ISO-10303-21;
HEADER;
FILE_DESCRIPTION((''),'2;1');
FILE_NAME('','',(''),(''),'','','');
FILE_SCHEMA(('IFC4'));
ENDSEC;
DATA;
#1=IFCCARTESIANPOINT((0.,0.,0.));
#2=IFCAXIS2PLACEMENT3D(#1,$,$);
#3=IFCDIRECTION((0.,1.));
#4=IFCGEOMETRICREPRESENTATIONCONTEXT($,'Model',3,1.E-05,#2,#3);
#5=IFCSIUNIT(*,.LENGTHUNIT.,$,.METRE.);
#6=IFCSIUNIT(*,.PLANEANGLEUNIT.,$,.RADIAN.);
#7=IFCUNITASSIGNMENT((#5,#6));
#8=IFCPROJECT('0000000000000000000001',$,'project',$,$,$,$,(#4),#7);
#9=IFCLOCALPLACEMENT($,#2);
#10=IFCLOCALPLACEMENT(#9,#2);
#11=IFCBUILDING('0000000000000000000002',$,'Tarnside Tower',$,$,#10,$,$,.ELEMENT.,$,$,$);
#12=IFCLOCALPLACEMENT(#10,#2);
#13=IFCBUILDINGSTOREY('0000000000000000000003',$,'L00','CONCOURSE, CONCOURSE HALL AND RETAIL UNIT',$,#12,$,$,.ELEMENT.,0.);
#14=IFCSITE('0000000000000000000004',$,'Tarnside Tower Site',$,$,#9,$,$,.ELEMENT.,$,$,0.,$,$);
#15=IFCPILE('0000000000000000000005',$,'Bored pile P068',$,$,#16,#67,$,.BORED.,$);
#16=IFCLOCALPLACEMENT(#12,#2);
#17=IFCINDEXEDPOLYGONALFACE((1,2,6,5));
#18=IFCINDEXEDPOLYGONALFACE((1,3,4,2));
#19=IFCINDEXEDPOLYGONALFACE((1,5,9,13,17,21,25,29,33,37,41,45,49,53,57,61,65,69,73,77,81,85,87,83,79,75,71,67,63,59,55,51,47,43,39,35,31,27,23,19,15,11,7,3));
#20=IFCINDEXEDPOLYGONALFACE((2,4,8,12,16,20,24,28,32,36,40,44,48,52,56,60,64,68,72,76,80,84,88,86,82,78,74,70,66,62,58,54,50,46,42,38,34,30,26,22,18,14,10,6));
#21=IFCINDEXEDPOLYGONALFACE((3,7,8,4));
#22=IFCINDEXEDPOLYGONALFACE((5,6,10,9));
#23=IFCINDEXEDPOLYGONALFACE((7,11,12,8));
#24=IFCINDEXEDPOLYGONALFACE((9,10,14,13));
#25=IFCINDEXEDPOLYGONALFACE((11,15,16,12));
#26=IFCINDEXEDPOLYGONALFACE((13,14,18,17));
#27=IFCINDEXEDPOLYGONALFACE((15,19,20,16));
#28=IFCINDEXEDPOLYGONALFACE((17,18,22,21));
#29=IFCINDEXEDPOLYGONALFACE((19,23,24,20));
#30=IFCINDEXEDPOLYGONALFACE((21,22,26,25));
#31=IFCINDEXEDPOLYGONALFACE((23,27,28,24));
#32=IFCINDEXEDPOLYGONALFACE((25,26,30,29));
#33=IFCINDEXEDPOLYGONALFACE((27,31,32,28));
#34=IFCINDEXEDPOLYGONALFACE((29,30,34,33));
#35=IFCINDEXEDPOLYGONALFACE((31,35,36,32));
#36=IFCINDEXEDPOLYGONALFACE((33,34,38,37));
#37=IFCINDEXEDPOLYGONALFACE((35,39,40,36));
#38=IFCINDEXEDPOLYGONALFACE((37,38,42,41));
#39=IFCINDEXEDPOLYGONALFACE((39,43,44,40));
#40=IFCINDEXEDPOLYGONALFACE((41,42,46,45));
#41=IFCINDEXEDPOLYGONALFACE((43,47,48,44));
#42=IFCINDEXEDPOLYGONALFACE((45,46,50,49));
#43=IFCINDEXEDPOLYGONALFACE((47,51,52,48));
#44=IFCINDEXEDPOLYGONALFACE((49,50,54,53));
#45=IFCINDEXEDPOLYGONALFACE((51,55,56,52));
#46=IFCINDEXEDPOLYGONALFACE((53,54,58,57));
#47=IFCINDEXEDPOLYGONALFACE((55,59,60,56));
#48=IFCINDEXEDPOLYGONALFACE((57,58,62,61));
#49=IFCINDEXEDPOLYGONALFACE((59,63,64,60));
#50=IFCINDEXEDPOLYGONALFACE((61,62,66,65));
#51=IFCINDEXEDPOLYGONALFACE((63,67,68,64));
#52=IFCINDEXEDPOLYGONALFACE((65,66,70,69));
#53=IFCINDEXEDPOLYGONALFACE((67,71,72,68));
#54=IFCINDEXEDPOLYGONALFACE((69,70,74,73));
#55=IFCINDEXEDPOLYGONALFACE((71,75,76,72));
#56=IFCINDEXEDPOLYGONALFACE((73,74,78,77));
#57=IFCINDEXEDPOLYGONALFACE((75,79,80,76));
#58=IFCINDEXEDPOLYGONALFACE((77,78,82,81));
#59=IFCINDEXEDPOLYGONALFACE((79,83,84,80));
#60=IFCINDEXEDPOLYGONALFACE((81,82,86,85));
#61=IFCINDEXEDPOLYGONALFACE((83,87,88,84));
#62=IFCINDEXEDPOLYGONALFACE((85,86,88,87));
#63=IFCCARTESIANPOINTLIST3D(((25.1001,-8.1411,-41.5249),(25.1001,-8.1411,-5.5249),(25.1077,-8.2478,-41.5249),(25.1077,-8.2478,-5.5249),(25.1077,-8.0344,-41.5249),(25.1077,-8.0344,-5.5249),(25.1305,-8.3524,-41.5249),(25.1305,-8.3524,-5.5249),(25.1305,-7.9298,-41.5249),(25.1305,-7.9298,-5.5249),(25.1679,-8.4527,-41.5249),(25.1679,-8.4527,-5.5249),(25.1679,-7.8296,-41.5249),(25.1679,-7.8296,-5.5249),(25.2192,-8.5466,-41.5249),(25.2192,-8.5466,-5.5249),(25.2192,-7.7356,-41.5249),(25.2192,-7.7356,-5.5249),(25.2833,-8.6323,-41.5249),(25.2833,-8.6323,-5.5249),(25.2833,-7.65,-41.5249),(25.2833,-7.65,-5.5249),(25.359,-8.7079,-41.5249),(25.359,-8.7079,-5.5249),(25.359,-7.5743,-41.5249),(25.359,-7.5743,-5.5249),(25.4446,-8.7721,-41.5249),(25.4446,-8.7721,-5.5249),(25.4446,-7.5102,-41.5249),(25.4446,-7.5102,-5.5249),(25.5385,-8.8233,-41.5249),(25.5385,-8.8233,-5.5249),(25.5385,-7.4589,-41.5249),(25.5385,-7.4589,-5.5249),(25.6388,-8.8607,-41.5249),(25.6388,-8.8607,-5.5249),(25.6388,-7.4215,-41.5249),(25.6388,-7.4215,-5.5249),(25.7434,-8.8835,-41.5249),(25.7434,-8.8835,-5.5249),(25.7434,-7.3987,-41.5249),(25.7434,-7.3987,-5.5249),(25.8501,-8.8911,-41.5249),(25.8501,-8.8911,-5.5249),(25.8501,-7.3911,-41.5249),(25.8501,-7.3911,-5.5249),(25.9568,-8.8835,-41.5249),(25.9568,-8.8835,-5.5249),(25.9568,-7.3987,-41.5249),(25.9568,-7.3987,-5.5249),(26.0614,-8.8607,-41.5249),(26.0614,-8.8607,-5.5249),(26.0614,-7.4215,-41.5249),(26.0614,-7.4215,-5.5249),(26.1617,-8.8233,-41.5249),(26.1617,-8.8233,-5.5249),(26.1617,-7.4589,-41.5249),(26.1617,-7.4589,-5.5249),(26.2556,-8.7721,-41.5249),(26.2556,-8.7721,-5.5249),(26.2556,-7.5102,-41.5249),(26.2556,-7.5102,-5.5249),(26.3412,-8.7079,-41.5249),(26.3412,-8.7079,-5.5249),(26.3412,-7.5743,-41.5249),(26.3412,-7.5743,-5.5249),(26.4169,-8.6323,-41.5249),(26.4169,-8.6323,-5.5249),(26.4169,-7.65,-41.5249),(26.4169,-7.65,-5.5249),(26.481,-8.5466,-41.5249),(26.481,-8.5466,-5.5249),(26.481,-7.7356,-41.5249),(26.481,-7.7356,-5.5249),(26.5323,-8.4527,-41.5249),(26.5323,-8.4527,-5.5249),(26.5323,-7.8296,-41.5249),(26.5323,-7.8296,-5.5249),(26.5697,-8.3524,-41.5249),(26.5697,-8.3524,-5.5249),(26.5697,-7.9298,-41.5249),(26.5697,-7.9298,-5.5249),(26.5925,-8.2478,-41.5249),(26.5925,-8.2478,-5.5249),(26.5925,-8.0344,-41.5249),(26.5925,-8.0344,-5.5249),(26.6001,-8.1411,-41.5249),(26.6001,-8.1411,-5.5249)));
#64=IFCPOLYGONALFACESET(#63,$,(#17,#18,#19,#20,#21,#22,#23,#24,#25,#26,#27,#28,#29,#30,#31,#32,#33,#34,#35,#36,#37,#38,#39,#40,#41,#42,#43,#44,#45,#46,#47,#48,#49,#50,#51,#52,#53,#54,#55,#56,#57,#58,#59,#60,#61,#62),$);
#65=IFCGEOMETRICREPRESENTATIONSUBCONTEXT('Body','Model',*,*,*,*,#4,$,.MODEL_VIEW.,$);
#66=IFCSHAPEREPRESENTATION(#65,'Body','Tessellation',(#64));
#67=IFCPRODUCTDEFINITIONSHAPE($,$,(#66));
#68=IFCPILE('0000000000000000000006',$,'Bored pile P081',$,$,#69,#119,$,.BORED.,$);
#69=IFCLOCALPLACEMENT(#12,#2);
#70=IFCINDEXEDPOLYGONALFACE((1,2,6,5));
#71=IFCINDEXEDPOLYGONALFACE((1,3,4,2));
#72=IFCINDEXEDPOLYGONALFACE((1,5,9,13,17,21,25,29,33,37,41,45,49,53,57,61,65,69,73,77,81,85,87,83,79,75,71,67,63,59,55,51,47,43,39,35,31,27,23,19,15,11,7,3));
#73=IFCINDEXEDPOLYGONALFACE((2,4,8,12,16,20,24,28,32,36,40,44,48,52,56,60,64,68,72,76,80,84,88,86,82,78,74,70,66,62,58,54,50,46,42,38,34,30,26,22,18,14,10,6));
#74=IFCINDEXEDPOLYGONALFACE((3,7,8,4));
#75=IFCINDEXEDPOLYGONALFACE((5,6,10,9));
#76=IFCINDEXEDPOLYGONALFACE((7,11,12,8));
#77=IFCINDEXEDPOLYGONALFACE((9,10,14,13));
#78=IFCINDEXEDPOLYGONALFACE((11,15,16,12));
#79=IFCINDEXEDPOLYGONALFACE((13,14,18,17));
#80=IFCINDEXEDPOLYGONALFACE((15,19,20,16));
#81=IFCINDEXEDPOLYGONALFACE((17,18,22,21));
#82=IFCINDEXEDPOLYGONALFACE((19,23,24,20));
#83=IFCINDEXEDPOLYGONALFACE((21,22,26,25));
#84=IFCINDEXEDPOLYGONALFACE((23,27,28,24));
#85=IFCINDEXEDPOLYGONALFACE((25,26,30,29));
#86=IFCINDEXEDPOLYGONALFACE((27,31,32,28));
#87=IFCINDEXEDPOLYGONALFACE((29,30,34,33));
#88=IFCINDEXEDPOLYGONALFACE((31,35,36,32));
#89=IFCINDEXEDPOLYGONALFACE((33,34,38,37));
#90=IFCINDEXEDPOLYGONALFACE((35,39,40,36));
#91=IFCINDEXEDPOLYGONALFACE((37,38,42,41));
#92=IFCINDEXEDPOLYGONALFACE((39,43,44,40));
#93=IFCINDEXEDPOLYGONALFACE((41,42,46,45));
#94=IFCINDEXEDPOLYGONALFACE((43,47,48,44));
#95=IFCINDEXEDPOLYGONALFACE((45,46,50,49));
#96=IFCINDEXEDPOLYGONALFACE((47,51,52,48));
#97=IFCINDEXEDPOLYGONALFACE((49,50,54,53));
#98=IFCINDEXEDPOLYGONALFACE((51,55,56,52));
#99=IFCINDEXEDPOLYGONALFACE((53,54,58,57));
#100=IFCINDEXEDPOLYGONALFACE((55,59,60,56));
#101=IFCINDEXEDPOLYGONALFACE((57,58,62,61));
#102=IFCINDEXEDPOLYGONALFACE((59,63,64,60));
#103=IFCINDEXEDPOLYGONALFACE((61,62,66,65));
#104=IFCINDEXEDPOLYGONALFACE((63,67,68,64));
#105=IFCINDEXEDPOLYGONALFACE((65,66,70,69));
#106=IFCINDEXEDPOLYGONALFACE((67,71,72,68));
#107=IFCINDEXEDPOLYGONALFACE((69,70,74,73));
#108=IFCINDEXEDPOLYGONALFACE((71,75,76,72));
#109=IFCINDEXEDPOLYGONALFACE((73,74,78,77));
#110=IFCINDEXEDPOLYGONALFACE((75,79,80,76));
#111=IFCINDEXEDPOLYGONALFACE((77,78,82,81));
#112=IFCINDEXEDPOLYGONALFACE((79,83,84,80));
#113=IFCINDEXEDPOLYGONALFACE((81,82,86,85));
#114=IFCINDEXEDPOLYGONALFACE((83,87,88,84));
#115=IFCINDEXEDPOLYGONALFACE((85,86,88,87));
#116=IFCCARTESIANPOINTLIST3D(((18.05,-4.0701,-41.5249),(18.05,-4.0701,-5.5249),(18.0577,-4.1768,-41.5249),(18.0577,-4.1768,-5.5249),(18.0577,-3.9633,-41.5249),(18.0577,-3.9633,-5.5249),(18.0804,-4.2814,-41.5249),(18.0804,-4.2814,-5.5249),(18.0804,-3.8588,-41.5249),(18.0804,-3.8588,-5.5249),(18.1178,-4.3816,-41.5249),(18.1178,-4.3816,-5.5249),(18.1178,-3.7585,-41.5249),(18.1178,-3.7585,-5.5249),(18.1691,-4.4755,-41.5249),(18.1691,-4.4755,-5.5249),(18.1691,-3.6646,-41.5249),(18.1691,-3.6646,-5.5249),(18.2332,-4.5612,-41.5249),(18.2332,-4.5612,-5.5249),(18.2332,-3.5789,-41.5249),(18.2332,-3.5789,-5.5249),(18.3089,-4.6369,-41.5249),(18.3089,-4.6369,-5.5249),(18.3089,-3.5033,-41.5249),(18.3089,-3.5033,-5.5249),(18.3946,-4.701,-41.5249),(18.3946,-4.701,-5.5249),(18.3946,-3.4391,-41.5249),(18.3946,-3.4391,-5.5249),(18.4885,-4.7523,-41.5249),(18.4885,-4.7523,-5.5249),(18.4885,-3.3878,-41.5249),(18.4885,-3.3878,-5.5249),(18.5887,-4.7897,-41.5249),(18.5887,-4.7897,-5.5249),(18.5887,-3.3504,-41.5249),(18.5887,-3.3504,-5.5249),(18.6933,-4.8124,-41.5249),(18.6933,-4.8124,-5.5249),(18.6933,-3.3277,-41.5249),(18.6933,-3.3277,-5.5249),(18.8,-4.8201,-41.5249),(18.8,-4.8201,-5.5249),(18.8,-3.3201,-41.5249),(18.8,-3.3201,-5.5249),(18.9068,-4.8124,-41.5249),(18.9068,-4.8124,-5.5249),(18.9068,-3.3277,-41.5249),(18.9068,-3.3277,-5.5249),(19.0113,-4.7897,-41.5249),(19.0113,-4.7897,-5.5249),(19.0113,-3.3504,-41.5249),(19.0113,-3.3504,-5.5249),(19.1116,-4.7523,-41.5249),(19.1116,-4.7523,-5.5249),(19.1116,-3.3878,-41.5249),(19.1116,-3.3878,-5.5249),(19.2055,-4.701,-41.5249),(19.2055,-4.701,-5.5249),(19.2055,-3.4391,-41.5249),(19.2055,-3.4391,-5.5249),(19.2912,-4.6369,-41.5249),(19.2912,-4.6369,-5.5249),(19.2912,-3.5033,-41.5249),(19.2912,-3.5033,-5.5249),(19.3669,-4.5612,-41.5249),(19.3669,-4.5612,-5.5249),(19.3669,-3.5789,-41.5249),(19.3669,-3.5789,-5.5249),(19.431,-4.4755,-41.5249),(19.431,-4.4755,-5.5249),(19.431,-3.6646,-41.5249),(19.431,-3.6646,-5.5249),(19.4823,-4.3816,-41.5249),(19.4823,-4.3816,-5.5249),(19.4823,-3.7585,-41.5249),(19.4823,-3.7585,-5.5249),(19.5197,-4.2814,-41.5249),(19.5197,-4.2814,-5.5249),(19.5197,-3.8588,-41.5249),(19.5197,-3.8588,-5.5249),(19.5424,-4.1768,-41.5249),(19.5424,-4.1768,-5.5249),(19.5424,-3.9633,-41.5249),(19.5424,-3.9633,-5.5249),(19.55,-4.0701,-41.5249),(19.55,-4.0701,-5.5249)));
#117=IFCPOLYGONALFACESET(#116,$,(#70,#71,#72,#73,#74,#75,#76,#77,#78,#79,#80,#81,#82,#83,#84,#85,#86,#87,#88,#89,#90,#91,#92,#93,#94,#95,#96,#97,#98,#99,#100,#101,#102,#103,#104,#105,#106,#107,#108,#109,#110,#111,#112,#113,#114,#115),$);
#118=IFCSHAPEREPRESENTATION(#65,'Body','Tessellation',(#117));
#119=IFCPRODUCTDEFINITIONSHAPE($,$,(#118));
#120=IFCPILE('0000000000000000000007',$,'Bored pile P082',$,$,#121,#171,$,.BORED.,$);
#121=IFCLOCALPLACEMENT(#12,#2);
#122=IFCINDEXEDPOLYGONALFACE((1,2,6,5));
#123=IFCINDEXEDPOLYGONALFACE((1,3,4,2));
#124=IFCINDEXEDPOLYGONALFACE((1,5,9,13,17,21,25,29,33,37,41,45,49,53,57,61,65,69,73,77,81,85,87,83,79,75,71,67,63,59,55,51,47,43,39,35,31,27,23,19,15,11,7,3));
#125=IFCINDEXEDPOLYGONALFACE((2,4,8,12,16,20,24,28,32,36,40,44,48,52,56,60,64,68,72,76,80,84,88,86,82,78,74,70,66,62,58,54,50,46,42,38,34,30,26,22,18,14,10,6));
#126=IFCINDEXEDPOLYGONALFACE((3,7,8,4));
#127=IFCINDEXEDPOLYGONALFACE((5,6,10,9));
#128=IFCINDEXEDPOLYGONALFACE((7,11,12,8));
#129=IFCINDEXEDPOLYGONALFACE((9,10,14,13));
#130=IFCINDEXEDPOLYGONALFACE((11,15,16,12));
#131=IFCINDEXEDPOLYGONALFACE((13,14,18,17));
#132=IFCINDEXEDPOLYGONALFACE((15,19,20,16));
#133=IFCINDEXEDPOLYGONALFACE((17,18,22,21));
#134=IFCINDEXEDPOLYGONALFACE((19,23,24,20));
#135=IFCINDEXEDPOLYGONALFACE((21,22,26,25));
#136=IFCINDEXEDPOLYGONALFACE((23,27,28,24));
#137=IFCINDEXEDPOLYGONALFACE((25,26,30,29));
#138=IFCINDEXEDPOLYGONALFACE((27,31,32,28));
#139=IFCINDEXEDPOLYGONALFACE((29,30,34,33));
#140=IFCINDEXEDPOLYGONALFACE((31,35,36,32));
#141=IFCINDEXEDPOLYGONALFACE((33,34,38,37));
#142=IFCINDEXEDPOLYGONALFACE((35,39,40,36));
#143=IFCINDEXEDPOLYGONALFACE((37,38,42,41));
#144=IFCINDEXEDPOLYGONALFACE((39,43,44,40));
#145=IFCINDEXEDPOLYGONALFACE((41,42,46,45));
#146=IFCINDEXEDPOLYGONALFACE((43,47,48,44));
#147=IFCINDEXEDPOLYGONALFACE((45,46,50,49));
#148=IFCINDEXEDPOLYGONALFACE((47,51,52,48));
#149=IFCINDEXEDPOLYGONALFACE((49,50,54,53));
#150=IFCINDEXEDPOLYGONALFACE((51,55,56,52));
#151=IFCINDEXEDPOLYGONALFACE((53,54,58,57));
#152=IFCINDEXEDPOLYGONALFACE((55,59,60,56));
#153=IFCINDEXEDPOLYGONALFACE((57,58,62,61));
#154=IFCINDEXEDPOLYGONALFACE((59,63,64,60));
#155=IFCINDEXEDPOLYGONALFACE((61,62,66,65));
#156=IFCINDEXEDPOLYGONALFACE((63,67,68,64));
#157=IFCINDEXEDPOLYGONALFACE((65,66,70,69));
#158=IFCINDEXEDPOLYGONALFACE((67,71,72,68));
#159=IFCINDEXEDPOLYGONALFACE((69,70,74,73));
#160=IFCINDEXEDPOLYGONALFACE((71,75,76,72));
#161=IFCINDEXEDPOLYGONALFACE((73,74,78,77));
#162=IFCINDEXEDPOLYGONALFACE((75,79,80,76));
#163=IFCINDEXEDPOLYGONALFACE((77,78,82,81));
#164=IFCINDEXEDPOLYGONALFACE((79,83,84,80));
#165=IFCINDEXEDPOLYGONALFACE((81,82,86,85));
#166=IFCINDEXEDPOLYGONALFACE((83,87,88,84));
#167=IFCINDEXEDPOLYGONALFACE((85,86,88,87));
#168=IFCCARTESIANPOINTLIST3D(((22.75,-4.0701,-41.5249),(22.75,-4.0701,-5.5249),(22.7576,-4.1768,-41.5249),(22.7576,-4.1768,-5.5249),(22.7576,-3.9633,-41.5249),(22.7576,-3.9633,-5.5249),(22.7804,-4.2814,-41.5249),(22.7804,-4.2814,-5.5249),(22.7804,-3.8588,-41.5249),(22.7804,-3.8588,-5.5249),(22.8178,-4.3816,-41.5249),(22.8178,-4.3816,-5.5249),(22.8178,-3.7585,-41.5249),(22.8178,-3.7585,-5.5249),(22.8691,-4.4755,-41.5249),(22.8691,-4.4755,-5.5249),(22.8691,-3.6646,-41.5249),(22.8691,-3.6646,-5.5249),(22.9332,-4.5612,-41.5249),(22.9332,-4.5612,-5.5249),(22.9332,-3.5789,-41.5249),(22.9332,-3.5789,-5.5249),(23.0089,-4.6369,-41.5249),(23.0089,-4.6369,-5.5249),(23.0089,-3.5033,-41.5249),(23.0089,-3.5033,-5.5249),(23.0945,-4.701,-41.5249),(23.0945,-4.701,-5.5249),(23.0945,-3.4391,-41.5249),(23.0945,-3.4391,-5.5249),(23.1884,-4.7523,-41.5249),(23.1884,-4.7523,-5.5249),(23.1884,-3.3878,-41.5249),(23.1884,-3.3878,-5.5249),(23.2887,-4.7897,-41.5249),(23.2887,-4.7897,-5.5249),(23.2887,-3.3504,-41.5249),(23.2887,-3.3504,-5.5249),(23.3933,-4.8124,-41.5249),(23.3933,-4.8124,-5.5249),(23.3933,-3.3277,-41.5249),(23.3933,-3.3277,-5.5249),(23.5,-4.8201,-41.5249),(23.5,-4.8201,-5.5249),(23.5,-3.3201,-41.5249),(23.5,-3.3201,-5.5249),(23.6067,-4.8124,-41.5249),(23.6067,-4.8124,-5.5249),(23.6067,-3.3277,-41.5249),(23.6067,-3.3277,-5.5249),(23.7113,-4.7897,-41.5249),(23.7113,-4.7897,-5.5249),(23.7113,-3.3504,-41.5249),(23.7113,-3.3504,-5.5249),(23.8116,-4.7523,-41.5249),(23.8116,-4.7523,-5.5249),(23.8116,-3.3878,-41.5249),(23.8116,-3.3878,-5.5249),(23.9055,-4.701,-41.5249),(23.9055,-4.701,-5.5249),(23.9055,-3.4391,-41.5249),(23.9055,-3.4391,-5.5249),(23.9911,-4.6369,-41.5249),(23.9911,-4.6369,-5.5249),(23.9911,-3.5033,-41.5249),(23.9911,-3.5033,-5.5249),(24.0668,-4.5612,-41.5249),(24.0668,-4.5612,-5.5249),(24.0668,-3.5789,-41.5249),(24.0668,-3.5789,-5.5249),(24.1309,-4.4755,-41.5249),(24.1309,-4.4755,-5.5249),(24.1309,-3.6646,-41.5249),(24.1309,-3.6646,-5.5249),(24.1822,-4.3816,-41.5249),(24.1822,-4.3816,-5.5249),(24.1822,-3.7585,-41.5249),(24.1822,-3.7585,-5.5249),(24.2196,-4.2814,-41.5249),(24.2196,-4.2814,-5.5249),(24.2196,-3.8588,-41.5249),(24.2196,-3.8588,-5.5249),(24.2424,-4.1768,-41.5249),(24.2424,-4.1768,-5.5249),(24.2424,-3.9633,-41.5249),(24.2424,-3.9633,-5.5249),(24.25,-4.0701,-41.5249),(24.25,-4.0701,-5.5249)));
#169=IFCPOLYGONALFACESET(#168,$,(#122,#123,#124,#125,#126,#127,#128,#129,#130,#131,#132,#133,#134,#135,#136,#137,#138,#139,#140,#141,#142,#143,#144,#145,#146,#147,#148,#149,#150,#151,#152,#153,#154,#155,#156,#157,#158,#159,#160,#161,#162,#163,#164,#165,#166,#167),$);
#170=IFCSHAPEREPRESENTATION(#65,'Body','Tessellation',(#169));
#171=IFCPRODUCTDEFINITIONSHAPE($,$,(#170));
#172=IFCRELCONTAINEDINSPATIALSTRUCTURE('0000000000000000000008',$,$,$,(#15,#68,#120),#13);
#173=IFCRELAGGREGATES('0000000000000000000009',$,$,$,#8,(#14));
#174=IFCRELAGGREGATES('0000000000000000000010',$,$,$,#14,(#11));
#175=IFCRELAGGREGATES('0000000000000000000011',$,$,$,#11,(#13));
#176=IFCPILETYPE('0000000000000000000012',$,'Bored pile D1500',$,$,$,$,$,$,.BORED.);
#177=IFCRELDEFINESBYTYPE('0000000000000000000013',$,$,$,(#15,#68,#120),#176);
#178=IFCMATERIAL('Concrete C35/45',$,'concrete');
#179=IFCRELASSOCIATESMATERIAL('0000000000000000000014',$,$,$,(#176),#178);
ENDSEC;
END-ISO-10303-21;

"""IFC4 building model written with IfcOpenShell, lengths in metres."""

from ifc_helpers import new_model, si_unit, direction, frame, origin, origin_2d, place, context, subcontext, project, spatial, circle, extrude, material, material_profile, profile_set, type_object, element, save


model = new_model("IFC4")

# Units and contexts
model_context = context("Model", 3, precision=1e-05, world=origin(), true_north=direction((0.0, 1.0)))
body_context = subcontext(model_context, "Body", "Model", "MODEL_VIEW")
ifc_project = project(units=[si_unit("LENGTHUNIT", "METRE"), si_unit("PLANEANGLEUNIT", "RADIAN")], contexts=[model_context])

# Site, building, storey
site_placement = place(None, origin())
site = spatial("IfcSite", under=ifc_project, at=site_placement, Name="Tarnside Tower Site", CompositionType="ELEMENT", RefElevation=0.0)
building_placement = place(site_placement, origin())
building = spatial("IfcBuilding", under=site, at=building_placement, Name="Tarnside Tower", CompositionType="ELEMENT")
storey_placement = place(building_placement, origin())
storey = spatial("IfcBuildingStorey", under=building, at=storey_placement, Name="L00", Description="CONCOURSE, CONCOURSE HALL AND RETAIL UNIT", CompositionType="ELEMENT", Elevation=0.0)

# Piles
ifc_material_1 = material(Name="Concrete C35/45", Category="concrete")
ifc_material_profile_1 = material_profile(ifc_material_1, circle(Radius=0.75, at=origin_2d()), Name="Bored pile D1500")
ifc_profile_set_1 = profile_set([ifc_material_profile_1], Name="Concrete C35/45")
pile_type = type_object("IfcPileType", Name="Bored pile D1500", PredefinedType="BORED", material=ifc_profile_set_1)
for number, where, z_axis, x_axis, name in (
    (1, (25.8501, -8.1411, -5.5249), (0.0, 0.0, -1.0), (1.0, 0.0, 0.0), "Bored pile P068"),
    (2, (18.8, -4.0701, -5.5249), (0.0, 0.0, -1.0), (1.0, 0.0, 0.0), "Bored pile P081"),
    (3, (23.5, -4.0701, -5.5249), (0.0, 0.0, -1.0), (1.0, 0.0, 0.0), "Bored pile P082"),
):
    element("IfcPile", number, at=place(storey_placement, frame(where, z_axis=z_axis, x_axis=x_axis)), inside=storey, type_object=pile_type, Name=name, PredefinedType="BORED", context=body_context, shape_type="SweptSolid", body=[
        extrude(circle(Radius=0.75, at=origin_2d()), origin(), (0.0, 0.0, 1.0), 36.0),
    ])

save(model, "model.ifc")
